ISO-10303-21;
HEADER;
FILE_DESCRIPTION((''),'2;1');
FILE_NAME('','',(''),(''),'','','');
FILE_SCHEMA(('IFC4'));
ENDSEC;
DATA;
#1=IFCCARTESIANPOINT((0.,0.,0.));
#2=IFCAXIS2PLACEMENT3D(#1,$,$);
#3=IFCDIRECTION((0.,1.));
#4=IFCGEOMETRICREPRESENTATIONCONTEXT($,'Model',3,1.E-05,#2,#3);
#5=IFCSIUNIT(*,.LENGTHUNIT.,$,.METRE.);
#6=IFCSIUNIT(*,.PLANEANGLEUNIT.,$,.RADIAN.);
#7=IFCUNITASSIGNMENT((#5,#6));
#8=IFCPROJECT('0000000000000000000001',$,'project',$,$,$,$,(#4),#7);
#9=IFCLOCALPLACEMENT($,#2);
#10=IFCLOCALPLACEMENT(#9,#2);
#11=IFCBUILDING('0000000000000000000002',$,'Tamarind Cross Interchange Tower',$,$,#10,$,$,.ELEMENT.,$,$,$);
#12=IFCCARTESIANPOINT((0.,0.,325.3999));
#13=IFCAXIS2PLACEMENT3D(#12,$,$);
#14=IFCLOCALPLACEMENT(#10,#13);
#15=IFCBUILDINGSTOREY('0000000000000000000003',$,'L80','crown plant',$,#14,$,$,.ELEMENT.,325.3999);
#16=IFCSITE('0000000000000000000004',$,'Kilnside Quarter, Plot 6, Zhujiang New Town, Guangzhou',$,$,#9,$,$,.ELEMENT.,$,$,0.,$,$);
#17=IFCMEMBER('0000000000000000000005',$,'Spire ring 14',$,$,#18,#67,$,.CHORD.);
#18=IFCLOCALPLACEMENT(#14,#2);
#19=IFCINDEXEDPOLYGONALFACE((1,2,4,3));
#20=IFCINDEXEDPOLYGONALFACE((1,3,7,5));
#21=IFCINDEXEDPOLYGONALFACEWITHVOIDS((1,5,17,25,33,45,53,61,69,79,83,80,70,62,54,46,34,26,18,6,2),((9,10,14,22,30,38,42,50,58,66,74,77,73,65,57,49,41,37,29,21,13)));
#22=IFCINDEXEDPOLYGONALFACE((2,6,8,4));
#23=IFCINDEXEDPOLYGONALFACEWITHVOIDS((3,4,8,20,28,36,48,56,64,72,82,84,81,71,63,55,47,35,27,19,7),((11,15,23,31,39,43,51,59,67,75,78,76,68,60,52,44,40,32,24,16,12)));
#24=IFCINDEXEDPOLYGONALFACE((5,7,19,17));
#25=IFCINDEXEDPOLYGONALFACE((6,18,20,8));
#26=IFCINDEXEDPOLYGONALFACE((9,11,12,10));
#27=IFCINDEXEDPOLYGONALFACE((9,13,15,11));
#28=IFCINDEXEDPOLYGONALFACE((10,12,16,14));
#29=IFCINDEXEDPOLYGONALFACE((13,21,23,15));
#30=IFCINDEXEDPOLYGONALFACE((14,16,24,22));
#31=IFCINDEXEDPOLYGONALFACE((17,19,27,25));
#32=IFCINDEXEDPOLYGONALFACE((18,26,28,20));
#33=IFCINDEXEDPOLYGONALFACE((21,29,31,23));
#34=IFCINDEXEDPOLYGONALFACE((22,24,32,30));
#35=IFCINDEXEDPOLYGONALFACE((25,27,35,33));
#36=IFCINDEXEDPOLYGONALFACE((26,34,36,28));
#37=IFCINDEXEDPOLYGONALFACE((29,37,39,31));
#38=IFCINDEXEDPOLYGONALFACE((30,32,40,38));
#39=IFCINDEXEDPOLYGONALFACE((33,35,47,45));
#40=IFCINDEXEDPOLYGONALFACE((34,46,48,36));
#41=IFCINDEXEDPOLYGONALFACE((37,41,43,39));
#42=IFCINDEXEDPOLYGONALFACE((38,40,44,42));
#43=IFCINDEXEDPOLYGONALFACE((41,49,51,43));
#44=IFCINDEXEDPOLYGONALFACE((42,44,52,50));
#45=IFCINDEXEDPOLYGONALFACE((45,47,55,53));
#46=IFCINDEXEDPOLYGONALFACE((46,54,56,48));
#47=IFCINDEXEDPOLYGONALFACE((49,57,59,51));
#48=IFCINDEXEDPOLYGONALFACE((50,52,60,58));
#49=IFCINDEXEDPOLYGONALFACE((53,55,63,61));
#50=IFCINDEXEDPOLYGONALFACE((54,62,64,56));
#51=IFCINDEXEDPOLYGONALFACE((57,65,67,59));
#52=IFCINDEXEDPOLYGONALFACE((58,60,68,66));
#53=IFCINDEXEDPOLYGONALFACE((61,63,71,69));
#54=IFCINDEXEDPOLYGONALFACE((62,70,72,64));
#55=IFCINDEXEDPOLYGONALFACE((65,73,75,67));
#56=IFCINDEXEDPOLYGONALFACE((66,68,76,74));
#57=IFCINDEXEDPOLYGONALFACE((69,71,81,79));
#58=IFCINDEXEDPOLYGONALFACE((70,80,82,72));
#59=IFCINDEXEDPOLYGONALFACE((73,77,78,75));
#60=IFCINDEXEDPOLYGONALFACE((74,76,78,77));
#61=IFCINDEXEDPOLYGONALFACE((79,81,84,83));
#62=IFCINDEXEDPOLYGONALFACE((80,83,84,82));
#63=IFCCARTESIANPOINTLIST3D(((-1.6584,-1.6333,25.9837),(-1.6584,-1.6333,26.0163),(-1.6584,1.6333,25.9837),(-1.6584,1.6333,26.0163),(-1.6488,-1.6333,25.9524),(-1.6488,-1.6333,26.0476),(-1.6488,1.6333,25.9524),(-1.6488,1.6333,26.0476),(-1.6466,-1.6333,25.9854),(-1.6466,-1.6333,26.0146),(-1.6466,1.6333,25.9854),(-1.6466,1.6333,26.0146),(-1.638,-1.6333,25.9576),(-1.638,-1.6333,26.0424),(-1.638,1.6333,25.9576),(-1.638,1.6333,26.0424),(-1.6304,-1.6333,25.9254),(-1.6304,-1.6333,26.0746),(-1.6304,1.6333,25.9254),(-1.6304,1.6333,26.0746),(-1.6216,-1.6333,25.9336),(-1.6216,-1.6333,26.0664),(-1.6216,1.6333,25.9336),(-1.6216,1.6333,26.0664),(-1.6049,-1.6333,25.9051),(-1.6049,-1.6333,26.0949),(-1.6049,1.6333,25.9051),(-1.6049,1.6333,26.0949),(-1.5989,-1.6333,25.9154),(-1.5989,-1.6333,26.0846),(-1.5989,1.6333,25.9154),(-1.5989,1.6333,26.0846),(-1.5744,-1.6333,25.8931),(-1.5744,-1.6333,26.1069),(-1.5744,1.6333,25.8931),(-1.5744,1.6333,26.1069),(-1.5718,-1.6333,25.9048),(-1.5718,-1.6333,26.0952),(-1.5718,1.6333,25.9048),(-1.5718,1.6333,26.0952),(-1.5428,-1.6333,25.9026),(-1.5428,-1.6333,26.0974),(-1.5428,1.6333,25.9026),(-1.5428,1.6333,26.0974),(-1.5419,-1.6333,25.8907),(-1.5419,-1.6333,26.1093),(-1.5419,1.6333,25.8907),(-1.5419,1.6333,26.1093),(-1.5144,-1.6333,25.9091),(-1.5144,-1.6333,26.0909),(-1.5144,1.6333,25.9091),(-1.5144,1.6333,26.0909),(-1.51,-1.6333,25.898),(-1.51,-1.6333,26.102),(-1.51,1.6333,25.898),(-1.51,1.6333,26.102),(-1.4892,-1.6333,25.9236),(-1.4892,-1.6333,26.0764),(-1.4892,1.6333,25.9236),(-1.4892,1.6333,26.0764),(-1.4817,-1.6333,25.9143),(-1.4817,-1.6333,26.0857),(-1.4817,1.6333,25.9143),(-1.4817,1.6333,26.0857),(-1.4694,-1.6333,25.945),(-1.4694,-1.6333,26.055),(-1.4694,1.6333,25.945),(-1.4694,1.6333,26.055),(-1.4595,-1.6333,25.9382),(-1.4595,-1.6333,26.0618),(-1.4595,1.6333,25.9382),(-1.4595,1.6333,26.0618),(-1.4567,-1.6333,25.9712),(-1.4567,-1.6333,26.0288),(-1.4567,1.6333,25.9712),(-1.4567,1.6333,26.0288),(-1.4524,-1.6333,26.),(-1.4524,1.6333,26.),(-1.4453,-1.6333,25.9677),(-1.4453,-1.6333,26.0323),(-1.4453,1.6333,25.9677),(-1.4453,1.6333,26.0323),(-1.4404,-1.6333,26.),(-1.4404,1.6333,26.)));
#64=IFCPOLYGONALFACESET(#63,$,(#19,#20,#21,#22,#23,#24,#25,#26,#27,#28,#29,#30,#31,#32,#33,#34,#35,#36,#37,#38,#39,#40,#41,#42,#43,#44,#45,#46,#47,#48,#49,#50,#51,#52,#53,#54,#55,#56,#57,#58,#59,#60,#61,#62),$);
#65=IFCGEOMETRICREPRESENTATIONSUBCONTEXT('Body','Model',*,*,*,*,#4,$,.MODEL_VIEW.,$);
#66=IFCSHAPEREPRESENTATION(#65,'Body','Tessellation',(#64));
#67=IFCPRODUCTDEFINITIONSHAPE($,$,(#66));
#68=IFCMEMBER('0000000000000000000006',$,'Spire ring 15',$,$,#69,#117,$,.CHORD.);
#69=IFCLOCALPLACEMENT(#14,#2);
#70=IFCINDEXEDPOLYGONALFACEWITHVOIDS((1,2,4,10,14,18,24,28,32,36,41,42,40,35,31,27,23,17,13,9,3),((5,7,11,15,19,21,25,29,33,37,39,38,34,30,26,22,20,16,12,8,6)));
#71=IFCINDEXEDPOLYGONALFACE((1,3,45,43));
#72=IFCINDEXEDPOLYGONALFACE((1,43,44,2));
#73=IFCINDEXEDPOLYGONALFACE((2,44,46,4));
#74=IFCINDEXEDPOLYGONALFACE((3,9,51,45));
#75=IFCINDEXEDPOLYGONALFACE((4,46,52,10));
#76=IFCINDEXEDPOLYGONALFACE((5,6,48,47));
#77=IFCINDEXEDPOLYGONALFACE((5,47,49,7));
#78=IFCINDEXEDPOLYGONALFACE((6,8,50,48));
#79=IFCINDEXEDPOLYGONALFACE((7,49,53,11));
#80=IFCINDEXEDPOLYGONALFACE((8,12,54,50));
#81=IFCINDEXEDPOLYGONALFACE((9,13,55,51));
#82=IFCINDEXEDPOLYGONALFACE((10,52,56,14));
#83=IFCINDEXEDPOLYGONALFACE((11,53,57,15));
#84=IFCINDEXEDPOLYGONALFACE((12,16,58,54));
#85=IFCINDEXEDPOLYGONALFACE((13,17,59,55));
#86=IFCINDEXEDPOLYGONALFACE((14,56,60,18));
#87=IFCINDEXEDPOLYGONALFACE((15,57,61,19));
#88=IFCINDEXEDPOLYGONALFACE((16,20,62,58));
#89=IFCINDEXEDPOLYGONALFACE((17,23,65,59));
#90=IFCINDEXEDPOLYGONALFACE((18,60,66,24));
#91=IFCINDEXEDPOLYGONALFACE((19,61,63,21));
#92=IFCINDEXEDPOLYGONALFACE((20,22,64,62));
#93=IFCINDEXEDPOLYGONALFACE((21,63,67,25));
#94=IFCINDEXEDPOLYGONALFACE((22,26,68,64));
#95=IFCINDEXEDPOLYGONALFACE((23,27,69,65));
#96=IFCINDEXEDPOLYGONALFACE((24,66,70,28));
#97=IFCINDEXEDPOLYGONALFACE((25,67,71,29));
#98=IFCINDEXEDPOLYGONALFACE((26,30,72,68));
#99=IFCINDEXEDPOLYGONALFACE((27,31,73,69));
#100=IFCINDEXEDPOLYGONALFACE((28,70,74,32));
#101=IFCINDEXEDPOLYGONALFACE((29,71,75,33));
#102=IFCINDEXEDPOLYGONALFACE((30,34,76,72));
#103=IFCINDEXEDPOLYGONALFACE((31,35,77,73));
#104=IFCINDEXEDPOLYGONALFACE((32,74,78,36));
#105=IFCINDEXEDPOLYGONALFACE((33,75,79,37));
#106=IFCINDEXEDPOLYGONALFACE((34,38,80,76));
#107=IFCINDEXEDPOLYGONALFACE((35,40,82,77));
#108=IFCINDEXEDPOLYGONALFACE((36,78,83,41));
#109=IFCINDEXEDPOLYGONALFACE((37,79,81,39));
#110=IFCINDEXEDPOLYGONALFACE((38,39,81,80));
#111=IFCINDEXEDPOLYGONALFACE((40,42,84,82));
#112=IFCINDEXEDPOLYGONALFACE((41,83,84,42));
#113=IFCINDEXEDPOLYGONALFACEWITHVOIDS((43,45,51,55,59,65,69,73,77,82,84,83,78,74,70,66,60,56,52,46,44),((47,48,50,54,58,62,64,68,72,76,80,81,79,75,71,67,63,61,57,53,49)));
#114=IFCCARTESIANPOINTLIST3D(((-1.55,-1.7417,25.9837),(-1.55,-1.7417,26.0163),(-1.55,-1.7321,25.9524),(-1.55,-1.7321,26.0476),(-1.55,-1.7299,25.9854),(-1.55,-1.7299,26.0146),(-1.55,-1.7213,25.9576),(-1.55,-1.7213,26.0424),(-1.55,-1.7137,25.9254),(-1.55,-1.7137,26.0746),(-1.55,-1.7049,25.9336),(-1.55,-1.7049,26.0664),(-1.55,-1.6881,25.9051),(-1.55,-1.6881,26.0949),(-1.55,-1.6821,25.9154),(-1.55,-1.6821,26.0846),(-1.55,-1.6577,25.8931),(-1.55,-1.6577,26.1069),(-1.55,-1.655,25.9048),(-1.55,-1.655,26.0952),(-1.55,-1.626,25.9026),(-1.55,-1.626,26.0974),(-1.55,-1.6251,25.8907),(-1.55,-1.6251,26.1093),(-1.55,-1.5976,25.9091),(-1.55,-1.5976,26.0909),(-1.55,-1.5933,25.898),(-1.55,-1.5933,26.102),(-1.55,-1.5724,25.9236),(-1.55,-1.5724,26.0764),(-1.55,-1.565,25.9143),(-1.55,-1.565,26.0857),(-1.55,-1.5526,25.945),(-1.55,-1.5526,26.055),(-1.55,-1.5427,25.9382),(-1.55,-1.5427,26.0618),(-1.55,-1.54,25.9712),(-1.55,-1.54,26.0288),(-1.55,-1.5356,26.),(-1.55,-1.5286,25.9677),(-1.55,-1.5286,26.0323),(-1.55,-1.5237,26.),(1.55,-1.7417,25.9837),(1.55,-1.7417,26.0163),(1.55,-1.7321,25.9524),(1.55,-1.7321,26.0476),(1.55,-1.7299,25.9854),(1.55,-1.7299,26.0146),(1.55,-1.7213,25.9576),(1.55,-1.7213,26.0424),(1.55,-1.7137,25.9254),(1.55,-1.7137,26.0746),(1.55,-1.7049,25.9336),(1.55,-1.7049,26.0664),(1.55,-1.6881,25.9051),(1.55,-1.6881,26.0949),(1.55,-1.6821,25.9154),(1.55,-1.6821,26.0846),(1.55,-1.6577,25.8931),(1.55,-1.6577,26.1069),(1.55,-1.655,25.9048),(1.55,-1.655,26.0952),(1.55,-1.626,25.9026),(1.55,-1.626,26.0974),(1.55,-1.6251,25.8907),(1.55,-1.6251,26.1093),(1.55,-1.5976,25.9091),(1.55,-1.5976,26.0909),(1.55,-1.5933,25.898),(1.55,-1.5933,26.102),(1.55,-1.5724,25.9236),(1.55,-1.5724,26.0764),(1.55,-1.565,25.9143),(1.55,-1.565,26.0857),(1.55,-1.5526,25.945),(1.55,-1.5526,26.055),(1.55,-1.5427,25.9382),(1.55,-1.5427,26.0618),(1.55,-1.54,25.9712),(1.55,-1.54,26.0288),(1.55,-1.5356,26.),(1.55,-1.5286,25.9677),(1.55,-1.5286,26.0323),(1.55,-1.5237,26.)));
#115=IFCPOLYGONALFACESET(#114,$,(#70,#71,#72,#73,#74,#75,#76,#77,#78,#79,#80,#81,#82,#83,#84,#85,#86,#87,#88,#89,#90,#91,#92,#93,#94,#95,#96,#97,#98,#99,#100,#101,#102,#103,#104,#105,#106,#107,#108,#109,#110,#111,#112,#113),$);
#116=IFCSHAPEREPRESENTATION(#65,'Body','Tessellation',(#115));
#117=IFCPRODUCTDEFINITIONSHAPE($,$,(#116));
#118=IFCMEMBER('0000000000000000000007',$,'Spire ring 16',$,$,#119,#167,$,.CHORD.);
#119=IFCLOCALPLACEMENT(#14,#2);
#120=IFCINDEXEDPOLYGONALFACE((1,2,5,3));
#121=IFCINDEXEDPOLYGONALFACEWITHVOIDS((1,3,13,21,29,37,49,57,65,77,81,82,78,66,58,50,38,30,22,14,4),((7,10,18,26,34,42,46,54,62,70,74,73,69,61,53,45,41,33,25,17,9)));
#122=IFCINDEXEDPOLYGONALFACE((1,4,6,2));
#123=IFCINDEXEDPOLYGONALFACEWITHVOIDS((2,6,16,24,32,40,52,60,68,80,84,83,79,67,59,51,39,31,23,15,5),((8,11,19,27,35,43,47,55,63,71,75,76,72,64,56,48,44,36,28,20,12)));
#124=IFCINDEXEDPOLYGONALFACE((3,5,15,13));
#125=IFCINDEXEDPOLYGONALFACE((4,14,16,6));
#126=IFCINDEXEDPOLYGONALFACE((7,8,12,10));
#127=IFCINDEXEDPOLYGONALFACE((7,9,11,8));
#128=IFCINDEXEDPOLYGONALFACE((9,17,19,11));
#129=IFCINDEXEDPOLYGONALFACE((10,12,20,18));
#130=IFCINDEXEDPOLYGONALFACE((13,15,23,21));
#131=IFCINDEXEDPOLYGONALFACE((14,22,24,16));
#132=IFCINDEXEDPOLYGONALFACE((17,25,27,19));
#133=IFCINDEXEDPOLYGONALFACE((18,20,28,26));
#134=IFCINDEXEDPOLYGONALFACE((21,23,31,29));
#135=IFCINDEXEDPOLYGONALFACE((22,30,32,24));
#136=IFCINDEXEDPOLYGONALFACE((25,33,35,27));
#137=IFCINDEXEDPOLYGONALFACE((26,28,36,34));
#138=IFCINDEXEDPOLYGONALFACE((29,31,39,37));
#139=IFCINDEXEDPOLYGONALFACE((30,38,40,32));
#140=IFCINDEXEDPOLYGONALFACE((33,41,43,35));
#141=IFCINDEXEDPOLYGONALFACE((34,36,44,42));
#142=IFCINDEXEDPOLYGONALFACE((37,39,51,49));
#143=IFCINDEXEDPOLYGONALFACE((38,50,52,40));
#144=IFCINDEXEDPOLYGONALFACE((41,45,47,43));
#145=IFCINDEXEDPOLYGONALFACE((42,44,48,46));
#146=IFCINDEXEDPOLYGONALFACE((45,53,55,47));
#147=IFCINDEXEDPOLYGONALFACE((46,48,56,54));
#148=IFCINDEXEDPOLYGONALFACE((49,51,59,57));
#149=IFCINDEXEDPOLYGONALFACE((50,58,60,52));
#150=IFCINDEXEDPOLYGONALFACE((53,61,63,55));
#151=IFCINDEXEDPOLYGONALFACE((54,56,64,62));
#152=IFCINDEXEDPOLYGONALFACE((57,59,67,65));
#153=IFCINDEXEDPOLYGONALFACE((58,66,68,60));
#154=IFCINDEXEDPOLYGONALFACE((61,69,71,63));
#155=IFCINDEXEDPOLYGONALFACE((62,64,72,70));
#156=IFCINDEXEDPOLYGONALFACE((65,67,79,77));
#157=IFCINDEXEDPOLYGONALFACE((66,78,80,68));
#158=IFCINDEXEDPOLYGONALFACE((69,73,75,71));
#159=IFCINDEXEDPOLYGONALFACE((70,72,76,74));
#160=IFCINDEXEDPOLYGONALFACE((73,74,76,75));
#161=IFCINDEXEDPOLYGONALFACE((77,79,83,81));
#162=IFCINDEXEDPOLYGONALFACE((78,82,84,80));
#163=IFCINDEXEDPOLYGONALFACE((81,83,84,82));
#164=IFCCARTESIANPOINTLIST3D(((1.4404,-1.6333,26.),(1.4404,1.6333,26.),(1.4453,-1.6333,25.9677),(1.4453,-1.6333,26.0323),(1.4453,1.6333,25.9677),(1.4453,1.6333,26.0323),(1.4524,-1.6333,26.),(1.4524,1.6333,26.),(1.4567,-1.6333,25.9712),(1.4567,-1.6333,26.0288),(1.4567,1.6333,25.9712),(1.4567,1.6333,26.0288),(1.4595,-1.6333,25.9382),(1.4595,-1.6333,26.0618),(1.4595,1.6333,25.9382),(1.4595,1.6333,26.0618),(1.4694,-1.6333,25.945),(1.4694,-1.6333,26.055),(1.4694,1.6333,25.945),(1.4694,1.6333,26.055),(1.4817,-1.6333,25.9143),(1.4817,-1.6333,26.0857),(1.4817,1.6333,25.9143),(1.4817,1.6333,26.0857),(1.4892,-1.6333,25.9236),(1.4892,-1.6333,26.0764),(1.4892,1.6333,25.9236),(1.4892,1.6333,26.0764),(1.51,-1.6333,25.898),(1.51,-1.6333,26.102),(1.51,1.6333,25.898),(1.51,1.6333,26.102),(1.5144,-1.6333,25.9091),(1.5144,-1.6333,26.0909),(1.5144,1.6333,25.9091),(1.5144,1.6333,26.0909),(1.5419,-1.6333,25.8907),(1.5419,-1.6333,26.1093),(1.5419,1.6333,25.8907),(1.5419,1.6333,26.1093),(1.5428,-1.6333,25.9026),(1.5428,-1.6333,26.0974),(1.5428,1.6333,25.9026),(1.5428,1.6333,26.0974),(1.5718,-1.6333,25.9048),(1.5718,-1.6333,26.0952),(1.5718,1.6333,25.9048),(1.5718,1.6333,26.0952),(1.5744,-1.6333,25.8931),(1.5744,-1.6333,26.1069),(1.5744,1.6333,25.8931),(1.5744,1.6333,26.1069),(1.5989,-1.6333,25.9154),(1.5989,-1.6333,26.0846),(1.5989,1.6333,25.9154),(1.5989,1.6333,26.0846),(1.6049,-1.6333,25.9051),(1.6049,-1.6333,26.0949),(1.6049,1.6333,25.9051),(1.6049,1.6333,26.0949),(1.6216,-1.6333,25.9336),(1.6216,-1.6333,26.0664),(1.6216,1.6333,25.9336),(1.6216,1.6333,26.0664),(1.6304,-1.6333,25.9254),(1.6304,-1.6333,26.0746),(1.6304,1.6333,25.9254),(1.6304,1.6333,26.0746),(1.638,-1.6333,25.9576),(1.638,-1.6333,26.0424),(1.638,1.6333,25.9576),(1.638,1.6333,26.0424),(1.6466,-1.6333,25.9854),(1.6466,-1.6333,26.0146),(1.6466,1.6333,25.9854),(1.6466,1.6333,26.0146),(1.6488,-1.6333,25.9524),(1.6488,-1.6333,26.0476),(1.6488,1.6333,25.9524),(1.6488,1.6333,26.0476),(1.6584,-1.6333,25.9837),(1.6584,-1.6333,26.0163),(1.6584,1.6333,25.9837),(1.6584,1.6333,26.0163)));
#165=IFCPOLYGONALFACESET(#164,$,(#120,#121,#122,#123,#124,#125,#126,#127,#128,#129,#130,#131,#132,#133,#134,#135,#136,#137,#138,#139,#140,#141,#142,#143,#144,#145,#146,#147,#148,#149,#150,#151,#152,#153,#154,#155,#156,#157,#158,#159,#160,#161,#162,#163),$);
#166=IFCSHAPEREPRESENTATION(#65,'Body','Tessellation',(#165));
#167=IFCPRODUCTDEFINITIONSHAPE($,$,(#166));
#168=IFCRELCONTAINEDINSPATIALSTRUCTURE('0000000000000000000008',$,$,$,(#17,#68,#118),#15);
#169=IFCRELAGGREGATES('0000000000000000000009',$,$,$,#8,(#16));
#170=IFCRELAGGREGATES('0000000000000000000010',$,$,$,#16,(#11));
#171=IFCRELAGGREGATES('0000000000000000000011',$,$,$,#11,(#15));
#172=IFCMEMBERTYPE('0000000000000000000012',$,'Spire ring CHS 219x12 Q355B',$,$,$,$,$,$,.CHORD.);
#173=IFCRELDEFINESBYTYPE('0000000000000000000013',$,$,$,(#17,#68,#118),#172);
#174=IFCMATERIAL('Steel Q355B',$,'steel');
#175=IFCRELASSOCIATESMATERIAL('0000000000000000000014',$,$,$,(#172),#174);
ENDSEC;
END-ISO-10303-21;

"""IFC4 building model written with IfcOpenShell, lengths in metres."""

from ifc_helpers import new_model, si_unit, direction, frame, origin, origin_2d, place, context, subcontext, project, spatial, hollow_circle, extrude, material, material_profile, profile_set, type_object, element, save


model = new_model("IFC4")

# Units and contexts
model_context = context("Model", 3, precision=1e-05, world=origin(), true_north=direction((0.0, 1.0)))
body_context = subcontext(model_context, "Body", "Model", "MODEL_VIEW")
ifc_project = project(units=[si_unit("LENGTHUNIT", "METRE"), si_unit("PLANEANGLEUNIT", "RADIAN")], contexts=[model_context])

# Site, building, storey
site_placement = place(None, origin())
site = spatial("IfcSite", under=ifc_project, at=site_placement, Name="Kilnside Quarter, Plot 6, Zhujiang New Town, Guangzhou", CompositionType="ELEMENT", RefElevation=0.0)
building_placement = place(site_placement, origin())
building = spatial("IfcBuilding", under=site, at=building_placement, Name="Tamarind Cross Interchange Tower", CompositionType="ELEMENT")
storey_placement = place(building_placement, frame((0.0, 0.0, 325.3999)))
storey = spatial("IfcBuildingStorey", under=building, at=storey_placement, Name="L80", Description="crown plant", CompositionType="ELEMENT", Elevation=325.3999)

# Members
ifc_material_1 = material(Name="Steel Q355B", Category="steel")
ifc_material_profile_1 = material_profile(ifc_material_1, hollow_circle(Radius=0.1096, WallThickness=0.012, at=origin_2d()), Name="CHS 219x12")
ifc_profile_set_1 = profile_set([ifc_material_profile_1], Name="Steel Q355B")
member_type_1 = type_object("IfcMemberType", Name="Spire ring CHS 219x12 Q355B", PredefinedType="CHORD", material=ifc_profile_set_1)
member_1_placement = place(storey_placement, frame((-1.55, 1.6333, 26.0), z_axis=(0.0, -1.0, 0.0), x_axis=(1.0, 0.0, 0.0)))
element("IfcMember", 1, at=member_1_placement, inside=storey, type_object=member_type_1, Name="Spire ring 14", PredefinedType="CHORD", context=body_context, shape_type="SweptSolid", body=[
    extrude(hollow_circle(Radius=0.1096, WallThickness=0.012, at=origin_2d()), origin(), (0.0, 0.0, 1.0), 3.2666),
])
member_2_placement = place(storey_placement, frame((-1.55, -1.6333, 26.0), z_axis=(1.0, 0.0, 0.0), x_axis=(0.0, 1.0, 0.0)))
element("IfcMember", 2, at=member_2_placement, inside=storey, type_object=member_type_1, Name="Spire ring 15", PredefinedType="CHORD", context=body_context, shape_type="SweptSolid", body=[
    extrude(hollow_circle(Radius=0.1096, WallThickness=0.012, at=origin_2d()), origin(), (0.0, 0.0, 1.0), 3.1001),
])
member_3_placement = place(storey_placement, frame((1.55, -1.6333, 26.0), z_axis=(0.0, 1.0, 0.0), x_axis=(-1.0, 0.0, 0.0)))
element("IfcMember", 3, at=member_3_placement, inside=storey, type_object=member_type_1, Name="Spire ring 16", PredefinedType="CHORD", context=body_context, shape_type="SweptSolid", body=[
    extrude(hollow_circle(Radius=0.1096, WallThickness=0.012, at=origin_2d()), origin(), (0.0, 0.0, 1.0), 3.2666),
])

save(model, "model.ifc")
